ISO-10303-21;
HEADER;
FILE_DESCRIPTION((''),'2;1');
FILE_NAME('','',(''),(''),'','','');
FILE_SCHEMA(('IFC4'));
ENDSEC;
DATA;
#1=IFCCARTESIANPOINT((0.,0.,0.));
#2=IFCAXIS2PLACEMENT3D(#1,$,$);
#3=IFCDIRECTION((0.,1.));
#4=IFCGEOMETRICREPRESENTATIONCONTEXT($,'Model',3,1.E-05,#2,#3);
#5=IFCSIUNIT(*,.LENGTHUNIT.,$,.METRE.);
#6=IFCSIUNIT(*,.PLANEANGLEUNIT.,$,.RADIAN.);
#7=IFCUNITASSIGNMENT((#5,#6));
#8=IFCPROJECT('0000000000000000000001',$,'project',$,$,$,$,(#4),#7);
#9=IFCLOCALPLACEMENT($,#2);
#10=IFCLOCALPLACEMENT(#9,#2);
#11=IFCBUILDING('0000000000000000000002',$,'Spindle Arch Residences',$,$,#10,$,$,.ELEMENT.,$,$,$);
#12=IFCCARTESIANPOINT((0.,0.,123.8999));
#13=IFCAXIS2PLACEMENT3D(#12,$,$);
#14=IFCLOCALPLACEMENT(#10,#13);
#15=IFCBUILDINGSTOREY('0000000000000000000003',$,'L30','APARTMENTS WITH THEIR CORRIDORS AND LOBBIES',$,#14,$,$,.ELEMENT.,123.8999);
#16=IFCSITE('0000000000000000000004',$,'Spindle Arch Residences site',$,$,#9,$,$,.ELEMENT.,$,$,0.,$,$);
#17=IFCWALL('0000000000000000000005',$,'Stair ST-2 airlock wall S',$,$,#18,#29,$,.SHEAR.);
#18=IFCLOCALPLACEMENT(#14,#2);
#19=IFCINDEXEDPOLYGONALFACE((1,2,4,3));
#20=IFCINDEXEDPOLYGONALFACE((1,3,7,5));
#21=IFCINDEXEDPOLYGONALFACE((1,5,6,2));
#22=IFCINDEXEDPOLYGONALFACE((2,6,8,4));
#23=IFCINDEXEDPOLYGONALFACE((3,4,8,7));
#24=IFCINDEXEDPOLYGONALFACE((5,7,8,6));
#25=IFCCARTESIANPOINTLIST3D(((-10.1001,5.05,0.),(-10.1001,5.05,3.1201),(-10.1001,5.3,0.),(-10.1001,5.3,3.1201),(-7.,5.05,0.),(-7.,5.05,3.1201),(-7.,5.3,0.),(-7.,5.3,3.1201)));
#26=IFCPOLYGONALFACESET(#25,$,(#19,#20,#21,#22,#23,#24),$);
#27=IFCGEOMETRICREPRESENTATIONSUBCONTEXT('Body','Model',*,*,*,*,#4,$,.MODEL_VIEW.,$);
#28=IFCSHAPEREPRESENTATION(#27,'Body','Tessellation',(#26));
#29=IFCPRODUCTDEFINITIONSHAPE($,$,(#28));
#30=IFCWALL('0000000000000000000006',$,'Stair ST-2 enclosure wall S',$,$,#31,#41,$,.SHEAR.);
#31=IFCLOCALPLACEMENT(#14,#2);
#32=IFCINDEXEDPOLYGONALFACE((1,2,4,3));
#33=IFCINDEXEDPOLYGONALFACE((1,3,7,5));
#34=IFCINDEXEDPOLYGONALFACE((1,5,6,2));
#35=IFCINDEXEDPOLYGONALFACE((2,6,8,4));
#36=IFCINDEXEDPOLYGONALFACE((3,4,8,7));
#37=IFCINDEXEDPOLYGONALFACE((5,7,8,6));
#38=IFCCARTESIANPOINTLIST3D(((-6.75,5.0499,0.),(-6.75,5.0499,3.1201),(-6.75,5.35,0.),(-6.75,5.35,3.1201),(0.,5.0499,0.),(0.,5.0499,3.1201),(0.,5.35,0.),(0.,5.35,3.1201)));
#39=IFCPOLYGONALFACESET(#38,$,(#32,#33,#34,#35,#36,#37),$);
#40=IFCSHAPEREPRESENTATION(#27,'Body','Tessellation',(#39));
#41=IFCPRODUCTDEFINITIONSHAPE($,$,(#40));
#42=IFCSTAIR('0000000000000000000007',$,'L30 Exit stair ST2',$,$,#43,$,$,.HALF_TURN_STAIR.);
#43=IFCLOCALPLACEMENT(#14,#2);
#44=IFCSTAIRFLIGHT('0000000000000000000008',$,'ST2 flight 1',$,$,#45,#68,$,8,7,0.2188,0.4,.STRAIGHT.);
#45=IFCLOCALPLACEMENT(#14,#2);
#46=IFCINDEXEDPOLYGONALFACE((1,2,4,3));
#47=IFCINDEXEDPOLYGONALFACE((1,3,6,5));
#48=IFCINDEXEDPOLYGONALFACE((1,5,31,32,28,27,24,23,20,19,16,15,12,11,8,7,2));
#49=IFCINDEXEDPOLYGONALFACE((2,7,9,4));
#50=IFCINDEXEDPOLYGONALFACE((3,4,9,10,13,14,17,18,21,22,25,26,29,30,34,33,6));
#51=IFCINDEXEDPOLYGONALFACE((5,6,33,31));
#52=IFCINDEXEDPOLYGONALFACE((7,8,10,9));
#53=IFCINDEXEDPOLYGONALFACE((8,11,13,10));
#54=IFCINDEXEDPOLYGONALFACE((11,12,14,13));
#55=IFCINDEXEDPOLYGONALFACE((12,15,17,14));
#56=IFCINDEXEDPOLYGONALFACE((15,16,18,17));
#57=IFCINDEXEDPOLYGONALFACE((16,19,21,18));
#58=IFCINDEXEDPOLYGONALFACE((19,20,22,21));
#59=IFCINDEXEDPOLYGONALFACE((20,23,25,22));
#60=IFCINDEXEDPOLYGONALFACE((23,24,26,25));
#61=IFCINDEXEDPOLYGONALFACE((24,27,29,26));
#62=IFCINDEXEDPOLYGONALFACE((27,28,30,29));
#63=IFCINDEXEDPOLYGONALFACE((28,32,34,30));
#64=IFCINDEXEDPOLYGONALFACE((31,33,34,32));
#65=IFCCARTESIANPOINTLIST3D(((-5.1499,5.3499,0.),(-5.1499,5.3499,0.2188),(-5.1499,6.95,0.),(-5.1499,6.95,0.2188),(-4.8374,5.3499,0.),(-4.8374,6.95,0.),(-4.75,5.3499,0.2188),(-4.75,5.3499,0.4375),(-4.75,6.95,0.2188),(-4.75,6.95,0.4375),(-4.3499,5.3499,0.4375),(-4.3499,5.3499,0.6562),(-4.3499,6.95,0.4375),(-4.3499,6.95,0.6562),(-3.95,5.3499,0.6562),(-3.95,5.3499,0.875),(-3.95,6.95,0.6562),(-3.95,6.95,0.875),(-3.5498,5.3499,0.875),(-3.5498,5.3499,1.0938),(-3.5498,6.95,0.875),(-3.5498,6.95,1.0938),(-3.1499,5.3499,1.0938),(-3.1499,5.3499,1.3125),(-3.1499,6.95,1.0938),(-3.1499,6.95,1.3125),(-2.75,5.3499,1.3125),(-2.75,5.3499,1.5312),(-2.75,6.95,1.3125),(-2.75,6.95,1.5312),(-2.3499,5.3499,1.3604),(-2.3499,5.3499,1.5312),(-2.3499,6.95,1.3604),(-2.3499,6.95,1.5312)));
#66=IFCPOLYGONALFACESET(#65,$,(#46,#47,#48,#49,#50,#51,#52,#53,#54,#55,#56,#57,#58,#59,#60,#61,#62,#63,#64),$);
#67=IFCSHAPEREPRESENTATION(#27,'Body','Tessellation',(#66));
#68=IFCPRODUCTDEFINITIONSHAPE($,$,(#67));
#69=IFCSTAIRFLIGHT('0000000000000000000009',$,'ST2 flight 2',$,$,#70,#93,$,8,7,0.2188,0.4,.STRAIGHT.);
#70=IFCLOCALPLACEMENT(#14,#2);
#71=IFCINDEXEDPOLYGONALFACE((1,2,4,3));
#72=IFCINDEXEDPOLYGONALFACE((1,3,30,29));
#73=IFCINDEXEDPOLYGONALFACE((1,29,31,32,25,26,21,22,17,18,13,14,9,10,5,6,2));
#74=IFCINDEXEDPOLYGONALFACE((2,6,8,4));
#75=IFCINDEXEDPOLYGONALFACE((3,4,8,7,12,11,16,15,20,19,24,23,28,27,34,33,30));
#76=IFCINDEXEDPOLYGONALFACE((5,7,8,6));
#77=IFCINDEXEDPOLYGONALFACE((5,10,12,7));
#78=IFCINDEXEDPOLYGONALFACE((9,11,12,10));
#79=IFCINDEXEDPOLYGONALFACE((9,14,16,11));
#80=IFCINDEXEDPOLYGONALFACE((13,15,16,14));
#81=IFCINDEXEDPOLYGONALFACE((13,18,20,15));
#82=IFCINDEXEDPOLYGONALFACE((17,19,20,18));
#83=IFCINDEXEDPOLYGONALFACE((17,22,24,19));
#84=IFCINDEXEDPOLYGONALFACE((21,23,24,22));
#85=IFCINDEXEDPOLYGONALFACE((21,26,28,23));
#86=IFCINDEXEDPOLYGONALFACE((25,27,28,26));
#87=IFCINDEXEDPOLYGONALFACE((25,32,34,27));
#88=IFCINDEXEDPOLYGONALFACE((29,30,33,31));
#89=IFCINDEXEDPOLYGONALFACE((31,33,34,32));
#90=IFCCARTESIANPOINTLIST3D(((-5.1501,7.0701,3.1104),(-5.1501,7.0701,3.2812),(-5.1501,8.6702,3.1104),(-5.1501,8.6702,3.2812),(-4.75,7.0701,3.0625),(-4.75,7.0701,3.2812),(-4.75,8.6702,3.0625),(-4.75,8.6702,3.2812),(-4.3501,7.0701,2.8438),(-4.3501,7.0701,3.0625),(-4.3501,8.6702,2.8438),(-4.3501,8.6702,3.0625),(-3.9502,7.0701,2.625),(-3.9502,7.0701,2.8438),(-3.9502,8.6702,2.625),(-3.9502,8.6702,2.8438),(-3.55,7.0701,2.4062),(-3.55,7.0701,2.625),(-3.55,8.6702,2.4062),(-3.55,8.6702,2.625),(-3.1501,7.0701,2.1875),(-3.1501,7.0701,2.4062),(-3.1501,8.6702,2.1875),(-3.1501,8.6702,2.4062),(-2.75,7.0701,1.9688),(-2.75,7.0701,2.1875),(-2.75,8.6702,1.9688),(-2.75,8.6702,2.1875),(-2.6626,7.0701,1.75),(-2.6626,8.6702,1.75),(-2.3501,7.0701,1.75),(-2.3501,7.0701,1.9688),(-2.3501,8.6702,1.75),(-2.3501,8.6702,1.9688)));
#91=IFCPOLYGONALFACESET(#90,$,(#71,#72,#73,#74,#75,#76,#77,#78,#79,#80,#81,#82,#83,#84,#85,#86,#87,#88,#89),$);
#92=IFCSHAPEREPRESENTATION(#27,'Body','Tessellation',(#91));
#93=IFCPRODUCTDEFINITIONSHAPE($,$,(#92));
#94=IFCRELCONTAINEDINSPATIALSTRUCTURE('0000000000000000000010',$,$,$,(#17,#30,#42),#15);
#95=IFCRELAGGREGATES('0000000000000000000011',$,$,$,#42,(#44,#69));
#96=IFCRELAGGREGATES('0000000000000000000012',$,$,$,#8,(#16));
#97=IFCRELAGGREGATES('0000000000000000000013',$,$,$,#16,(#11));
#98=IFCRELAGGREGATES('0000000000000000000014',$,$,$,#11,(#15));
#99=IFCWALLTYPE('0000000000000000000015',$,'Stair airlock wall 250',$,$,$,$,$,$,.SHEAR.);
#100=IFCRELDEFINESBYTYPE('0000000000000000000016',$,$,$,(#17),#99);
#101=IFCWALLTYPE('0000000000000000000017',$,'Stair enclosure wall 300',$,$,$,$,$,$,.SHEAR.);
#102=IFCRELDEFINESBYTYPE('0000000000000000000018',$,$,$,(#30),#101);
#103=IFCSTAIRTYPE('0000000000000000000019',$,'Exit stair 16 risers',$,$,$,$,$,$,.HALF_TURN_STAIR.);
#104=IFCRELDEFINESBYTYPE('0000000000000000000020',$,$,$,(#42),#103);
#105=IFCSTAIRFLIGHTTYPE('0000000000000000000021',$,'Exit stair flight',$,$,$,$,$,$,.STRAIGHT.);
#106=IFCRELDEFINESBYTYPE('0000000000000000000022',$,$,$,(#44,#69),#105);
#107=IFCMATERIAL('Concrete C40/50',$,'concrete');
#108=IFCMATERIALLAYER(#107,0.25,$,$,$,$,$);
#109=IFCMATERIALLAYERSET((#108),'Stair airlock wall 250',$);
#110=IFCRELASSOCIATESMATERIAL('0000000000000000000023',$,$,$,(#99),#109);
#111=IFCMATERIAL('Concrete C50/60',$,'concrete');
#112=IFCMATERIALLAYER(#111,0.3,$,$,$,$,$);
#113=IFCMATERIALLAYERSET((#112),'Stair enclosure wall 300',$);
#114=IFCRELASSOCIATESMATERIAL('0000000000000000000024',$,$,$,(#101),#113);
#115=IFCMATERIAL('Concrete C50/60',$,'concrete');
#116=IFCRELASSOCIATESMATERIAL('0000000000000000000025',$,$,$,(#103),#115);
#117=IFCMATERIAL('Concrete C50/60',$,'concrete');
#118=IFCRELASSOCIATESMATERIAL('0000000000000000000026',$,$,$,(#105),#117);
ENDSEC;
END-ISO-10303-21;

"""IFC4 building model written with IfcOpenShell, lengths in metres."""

from ifc_helpers import new_model, si_unit, direction, frame, frame_2d, origin, place, context, subcontext, project, spatial, polyline, rectangle, outline, extrude, material, layer, layer_set, type_object, element, aggregate, save


model = new_model("IFC4")

# Units and contexts
model_context = context("Model", 3, precision=1e-05, world=origin(), true_north=direction((0.0, 1.0)))
body_context = subcontext(model_context, "Body", "Model", "MODEL_VIEW")
ifc_project = project(units=[si_unit("LENGTHUNIT", "METRE"), si_unit("PLANEANGLEUNIT", "RADIAN")], contexts=[model_context])

# Site, building, storey
site_placement = place(None, origin())
site = spatial("IfcSite", under=ifc_project, at=site_placement, Name="Spindle Arch Residences site", CompositionType="ELEMENT", RefElevation=0.0)
building_placement = place(site_placement, origin())
building = spatial("IfcBuilding", under=site, at=building_placement, Name="Spindle Arch Residences", CompositionType="ELEMENT")
storey_placement = place(building_placement, frame((0.0, 0.0, 123.8999)))
storey = spatial("IfcBuildingStorey", under=building, at=storey_placement, Name="L30", Description="APARTMENTS WITH THEIR CORRIDORS AND LOBBIES", CompositionType="ELEMENT", Elevation=123.8999)

# Walls
ifc_material_1 = material(Name="Concrete C40/50", Category="concrete")
ifc_layer_1 = layer(ifc_material_1, 0.25)
ifc_layer_set_1 = layer_set([ifc_layer_1], Name="Stair airlock wall 250")
wall_type_1 = type_object("IfcWallType", Name="Stair airlock wall 250", PredefinedType="SHEAR", material=ifc_layer_set_1)
wall_1_placement = place(storey_placement, frame((-7.0, 5.175, 0.0), z_axis=(0.0, 0.0, 1.0), x_axis=(-1.0, 0.0, 0.0)))
element("IfcWall", 1, at=wall_1_placement, inside=storey, type_object=wall_type_1, Name="Stair ST-2 airlock wall S", PredefinedType="SHEAR", context=body_context, shape_type="SweptSolid", body=[
    extrude(rectangle(XDim=3.1001, YDim=0.25, at=frame_2d((1.55, 0.0))), origin(), (0.0, 0.0, 1.0), 3.1201),
])
ifc_material_2 = material(Name="Concrete C50/60", Category="concrete")
ifc_layer_2 = layer(ifc_material_2, 0.3)
ifc_layer_set_2 = layer_set([ifc_layer_2], Name="Stair enclosure wall 300")
wall_type_2 = type_object("IfcWallType", Name="Stair enclosure wall 300", PredefinedType="SHEAR", material=ifc_layer_set_2)
wall_2_placement = place(storey_placement, frame((-6.75, 5.2, 0.0), z_axis=(0.0, 0.0, 1.0), x_axis=(1.0, 0.0, 0.0)))
element("IfcWall", 2, at=wall_2_placement, inside=storey, type_object=wall_type_2, Name="Stair ST-2 enclosure wall S", PredefinedType="SHEAR", context=body_context, shape_type="SweptSolid", body=[
    extrude(rectangle(XDim=6.75, YDim=0.3, at=frame_2d((3.375, 0.0))), origin(), (0.0, 0.0, 1.0), 3.1201),
])

# Stair, stair flights
ifc_material_3 = material(Name="Concrete C50/60", Category="concrete")
stair_type = type_object("IfcStairType", Name="Exit stair 16 risers", PredefinedType="HALF_TURN_STAIR", material=ifc_material_3)
stair_placement = place(storey_placement, origin())
stair = element("IfcStair", 3, at=stair_placement, inside=storey, type_object=stair_type, Name="L30 Exit stair ST2", PredefinedType="HALF_TURN_STAIR")
ifc_material_4 = material(Name="Concrete C50/60", Category="concrete")
stair_flight_type = type_object("IfcStairFlightType", Name="Exit stair flight", PredefinedType="STRAIGHT", material=ifc_material_4)
stair_flight_1_placement = place(storey_placement, frame((-5.1499, 6.1499, 0.0), z_axis=(0.0, 0.0, 1.0), x_axis=(1.0, 0.0, 0.0)))
stair_flight_1 = element("IfcStairFlight", 4, at=stair_flight_1_placement, type_object=stair_flight_type, Name="ST2 flight 1", NumberOfRisers=8, NumberOfTreads=7, PredefinedType="STRAIGHT", RiserHeight=0.2188, TreadLength=0.4, context=body_context, shape_type="SweptSolid", body=[
    extrude(outline(polyline([(0.0, 0.0), (0.0, 0.2188), (0.3999, 0.2188), (0.3999, 0.4375), (0.8, 0.4375), (0.8, 0.6562), (1.2, 0.6562), (1.2, 0.875), (1.6001, 0.875), (1.6001, 1.0938), (2.0, 1.0938), (2.0, 1.3125), (2.3999, 1.3125), (2.3999, 1.5312), (2.8, 1.5312), (2.8, 1.75), (2.8, 1.3604), (0.3125, 0.0), (0.0, 0.0)])), frame((0.0, 0.8, 0.0), z_axis=(0.0, -1.0, 0.0), x_axis=(1.0, 0.0, 0.0)), (0.0, 0.0, 1.0), 1.6001),
])
stair_flight_2_placement = place(storey_placement, frame((-2.3501, 7.8701, 1.75), z_axis=(0.0, 0.0, 1.0), x_axis=(-1.0, 0.0, 0.0)))
stair_flight_2 = element("IfcStairFlight", 5, at=stair_flight_2_placement, type_object=stair_flight_type, Name="ST2 flight 2", NumberOfRisers=8, NumberOfTreads=7, PredefinedType="STRAIGHT", RiserHeight=0.2188, TreadLength=0.4, context=body_context, shape_type="SweptSolid", body=[
    extrude(outline(polyline([(0.0, 0.0), (0.0, 0.2188), (0.3999, 0.2188), (0.3999, 0.4375), (0.8, 0.4375), (0.8, 0.6562), (1.2, 0.6562), (1.2, 0.875), (1.6001, 0.875), (1.6001, 1.0938), (2.0, 1.0938), (2.0, 1.3125), (2.3999, 1.3125), (2.3999, 1.5312), (2.8, 1.5312), (2.8, 1.75), (2.8, 1.3604), (0.3125, 0.0), (0.0, 0.0)])), frame((0.0, 0.8, 0.0), z_axis=(0.0, -1.0, 0.0), x_axis=(1.0, 0.0, 0.0)), (0.0, 0.0, 1.0), 1.6001),
])
aggregate(stair, [stair_flight_1, stair_flight_2])

save(model, "model.ifc")
